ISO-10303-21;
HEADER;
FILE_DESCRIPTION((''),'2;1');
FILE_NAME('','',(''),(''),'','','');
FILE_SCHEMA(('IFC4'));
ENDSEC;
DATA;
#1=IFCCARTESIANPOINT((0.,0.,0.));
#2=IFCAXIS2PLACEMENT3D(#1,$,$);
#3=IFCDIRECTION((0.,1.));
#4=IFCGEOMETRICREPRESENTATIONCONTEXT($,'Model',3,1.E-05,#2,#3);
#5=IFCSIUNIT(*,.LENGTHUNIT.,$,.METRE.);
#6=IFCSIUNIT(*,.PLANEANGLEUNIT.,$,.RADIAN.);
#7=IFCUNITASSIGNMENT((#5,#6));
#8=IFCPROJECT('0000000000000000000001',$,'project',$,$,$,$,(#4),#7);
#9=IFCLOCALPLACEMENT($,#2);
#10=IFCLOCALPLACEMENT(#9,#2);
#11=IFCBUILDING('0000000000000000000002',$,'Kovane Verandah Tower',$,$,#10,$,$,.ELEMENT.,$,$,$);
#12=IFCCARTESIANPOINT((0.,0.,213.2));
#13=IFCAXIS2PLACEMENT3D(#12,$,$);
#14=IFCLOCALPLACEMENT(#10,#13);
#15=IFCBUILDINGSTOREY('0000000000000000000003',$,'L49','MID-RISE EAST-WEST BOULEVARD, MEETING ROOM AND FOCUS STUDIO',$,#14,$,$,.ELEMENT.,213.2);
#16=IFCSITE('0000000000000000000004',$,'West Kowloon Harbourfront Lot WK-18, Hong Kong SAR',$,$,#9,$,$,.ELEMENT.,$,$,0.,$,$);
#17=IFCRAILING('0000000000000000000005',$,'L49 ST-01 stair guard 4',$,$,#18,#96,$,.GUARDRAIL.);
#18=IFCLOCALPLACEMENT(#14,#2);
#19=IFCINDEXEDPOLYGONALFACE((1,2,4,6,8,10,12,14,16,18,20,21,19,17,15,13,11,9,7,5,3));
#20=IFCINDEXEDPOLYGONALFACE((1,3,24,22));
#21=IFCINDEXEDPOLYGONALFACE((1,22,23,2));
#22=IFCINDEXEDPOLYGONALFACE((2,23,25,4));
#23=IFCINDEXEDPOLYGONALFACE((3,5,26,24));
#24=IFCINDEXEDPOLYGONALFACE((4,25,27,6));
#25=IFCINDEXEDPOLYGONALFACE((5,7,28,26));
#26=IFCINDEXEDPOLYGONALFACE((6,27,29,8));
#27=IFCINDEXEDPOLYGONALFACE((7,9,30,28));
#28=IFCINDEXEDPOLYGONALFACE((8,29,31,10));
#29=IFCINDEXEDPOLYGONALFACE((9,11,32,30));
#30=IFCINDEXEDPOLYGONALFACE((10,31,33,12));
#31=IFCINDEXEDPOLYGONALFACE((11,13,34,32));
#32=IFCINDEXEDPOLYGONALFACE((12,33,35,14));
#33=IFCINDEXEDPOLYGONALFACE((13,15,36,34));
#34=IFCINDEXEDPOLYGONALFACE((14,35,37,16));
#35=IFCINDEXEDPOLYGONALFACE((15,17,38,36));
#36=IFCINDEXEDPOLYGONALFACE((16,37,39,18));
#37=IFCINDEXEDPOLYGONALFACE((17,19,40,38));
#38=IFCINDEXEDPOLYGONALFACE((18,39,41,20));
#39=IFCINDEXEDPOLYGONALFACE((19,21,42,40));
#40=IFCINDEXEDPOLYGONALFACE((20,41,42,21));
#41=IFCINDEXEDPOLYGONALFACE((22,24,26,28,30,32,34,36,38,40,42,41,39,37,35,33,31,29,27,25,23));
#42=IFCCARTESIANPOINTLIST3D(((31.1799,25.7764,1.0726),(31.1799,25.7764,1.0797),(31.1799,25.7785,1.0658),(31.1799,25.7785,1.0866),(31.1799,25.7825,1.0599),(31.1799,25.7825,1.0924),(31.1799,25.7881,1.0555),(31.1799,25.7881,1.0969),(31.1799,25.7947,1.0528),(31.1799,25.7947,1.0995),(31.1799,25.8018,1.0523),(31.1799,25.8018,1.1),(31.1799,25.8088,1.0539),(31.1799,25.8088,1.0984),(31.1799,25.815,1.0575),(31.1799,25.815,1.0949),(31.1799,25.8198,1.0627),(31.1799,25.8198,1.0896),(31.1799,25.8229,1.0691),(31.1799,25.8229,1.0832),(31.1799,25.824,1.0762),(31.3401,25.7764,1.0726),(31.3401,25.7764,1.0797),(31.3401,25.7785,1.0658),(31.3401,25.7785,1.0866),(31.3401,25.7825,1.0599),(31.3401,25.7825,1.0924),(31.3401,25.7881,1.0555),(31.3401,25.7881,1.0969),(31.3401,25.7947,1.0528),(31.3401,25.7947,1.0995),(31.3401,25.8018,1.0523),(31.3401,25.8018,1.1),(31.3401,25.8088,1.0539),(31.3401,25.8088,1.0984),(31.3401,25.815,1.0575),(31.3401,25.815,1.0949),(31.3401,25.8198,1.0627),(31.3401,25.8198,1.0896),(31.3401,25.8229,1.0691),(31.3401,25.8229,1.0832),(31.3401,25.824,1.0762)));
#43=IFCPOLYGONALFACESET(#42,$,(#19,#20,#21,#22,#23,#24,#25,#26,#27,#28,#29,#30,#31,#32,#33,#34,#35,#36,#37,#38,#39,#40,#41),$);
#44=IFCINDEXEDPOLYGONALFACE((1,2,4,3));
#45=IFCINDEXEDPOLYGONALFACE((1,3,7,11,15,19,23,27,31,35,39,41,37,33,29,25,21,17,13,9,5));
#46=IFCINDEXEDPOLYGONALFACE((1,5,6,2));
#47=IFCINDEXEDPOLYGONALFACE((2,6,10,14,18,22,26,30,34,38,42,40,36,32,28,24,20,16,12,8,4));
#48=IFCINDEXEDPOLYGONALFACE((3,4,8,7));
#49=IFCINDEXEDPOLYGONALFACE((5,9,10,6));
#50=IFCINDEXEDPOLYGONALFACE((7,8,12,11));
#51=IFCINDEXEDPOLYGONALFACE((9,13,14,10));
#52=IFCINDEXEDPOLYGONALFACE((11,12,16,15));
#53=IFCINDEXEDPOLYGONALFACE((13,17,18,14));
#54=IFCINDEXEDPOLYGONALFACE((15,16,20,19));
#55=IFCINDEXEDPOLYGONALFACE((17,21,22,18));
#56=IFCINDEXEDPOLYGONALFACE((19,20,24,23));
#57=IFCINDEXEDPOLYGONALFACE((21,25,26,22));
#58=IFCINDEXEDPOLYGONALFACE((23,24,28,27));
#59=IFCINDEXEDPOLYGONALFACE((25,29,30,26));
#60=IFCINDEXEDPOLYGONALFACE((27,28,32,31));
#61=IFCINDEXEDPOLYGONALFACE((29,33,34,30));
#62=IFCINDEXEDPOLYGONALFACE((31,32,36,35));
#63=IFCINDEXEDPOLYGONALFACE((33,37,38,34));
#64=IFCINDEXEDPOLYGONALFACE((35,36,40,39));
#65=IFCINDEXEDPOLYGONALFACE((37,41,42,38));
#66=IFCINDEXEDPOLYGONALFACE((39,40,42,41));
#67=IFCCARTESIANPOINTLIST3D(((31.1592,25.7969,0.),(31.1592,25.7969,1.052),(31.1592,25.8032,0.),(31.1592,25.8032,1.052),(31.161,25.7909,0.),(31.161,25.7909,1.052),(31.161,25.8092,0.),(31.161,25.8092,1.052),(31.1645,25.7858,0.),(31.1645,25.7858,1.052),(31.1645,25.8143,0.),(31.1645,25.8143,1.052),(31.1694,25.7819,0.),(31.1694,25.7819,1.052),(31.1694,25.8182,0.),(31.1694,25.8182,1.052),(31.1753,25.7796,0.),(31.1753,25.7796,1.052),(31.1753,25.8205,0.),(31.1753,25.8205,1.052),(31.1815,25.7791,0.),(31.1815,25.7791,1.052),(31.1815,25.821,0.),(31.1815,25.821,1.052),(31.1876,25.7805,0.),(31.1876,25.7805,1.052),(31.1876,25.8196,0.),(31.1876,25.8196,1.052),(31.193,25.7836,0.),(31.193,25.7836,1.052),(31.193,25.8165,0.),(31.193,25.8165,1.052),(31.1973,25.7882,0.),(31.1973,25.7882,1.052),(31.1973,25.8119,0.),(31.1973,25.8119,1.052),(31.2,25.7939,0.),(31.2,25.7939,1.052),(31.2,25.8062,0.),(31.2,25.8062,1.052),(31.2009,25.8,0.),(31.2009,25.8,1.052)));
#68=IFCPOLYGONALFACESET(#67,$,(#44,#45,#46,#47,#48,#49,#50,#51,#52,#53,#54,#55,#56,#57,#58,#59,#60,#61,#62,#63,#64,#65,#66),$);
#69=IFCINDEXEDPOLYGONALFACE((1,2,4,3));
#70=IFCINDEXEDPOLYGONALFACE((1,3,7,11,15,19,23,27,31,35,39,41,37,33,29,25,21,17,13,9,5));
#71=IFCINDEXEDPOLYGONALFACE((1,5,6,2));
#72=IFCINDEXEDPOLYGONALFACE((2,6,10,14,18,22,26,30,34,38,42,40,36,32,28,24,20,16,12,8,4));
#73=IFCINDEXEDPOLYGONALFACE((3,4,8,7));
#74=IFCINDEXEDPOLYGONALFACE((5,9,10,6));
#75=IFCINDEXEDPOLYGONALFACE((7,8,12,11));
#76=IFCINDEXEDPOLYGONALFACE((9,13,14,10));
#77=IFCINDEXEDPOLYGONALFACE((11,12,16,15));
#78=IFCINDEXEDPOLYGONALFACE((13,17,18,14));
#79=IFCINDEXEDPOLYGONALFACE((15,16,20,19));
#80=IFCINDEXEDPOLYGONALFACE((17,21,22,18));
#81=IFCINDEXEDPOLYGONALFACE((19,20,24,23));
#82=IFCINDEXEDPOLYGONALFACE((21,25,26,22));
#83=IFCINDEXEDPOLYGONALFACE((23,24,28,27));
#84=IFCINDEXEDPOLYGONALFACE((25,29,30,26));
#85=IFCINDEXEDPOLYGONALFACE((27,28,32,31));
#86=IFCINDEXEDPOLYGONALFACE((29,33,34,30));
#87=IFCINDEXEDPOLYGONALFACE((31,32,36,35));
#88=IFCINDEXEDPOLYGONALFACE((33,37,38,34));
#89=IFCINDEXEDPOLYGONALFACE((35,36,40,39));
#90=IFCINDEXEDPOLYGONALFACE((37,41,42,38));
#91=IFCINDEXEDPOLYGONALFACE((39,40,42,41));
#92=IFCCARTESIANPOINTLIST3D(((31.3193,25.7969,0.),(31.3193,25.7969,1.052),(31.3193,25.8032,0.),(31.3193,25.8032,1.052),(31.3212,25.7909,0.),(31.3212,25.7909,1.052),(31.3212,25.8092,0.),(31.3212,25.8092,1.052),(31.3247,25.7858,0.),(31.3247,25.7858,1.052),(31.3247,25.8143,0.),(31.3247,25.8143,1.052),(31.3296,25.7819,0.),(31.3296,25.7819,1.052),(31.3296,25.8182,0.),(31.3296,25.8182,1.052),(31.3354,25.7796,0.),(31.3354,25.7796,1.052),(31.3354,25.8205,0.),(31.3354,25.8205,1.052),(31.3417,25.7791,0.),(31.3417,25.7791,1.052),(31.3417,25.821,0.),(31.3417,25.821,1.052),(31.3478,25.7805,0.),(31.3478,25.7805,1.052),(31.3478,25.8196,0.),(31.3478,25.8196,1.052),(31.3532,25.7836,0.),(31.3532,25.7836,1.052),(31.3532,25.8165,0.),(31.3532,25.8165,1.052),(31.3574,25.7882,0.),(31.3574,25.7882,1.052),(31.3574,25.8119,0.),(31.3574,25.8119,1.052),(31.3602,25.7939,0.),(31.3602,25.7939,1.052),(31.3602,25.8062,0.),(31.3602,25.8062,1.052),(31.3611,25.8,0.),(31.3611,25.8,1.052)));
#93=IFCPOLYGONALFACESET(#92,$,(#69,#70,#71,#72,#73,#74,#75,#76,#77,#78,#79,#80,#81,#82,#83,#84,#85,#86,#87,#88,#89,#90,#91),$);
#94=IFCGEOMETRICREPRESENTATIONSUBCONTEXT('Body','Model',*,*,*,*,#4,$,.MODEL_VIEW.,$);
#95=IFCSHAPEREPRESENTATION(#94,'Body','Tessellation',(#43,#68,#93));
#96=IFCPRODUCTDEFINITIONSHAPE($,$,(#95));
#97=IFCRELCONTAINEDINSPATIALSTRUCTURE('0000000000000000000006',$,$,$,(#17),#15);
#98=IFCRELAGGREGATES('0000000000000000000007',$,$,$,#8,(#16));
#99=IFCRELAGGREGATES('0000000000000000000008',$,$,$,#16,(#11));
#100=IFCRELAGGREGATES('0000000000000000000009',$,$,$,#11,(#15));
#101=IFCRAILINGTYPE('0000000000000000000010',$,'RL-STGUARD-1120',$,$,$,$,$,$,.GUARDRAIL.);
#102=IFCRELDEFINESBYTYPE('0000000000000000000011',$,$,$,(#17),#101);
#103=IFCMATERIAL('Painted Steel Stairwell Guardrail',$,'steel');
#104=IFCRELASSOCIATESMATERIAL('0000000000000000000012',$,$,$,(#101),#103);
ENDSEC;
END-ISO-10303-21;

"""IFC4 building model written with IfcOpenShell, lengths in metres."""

from ifc_helpers import new_model, si_unit, direction, frame, origin, origin_2d, place, context, subcontext, project, spatial, circle, extrude, material, type_object, element, save


model = new_model("IFC4")

# Units and contexts
model_context = context("Model", 3, precision=1e-05, world=origin(), true_north=direction((0.0, 1.0)))
body_context = subcontext(model_context, "Body", "Model", "MODEL_VIEW")
ifc_project = project(units=[si_unit("LENGTHUNIT", "METRE"), si_unit("PLANEANGLEUNIT", "RADIAN")], contexts=[model_context])

# Site, building, storey
site_placement = place(None, origin())
site = spatial("IfcSite", under=ifc_project, at=site_placement, Name="West Kowloon Harbourfront Lot WK-18, Hong Kong SAR", CompositionType="ELEMENT", RefElevation=0.0)
building_placement = place(site_placement, origin())
building = spatial("IfcBuilding", under=site, at=building_placement, Name="Kovane Verandah Tower", CompositionType="ELEMENT")
storey_placement = place(building_placement, frame((0.0, 0.0, 213.2)))
storey = spatial("IfcBuildingStorey", under=building, at=storey_placement, Name="L49", Description="MID-RISE EAST-WEST BOULEVARD, MEETING ROOM AND FOCUS STUDIO", CompositionType="ELEMENT", Elevation=213.2)

# Railing
ifc_material_1 = material(Name="Painted Steel Stairwell Guardrail", Category="steel")
railing_type_1 = type_object("IfcRailingType", Name="RL-STGUARD-1120", PredefinedType="GUARDRAIL", material=ifc_material_1)
railing_1_placement = place(storey_placement, frame((31.1799, 25.8, 0.0)))
element("IfcRailing", 1, at=railing_1_placement, inside=storey, type_object=railing_type_1, Name="L49 ST-01 stair guard 4", PredefinedType="GUARDRAIL", context=body_context, shape_type="SweptSolid", body=[
    extrude(circle(Radius=0.0239, at=origin_2d()), frame((0.0, 0.0, 1.0762), z_axis=(1.0, 0.0, 0.0), x_axis=(0.0, 1.0, 0.0)), (0.0, 0.0, 1.0), 0.1602),
    extrude(circle(Radius=0.021, at=origin_2d()), origin(), (0.0, 0.0, 1.0), 1.052),
    extrude(circle(Radius=0.021, at=origin_2d()), frame((0.1602, 0.0, 0.0)), (0.0, 0.0, 1.0), 1.052),
])

save(model, "model.ifc")
